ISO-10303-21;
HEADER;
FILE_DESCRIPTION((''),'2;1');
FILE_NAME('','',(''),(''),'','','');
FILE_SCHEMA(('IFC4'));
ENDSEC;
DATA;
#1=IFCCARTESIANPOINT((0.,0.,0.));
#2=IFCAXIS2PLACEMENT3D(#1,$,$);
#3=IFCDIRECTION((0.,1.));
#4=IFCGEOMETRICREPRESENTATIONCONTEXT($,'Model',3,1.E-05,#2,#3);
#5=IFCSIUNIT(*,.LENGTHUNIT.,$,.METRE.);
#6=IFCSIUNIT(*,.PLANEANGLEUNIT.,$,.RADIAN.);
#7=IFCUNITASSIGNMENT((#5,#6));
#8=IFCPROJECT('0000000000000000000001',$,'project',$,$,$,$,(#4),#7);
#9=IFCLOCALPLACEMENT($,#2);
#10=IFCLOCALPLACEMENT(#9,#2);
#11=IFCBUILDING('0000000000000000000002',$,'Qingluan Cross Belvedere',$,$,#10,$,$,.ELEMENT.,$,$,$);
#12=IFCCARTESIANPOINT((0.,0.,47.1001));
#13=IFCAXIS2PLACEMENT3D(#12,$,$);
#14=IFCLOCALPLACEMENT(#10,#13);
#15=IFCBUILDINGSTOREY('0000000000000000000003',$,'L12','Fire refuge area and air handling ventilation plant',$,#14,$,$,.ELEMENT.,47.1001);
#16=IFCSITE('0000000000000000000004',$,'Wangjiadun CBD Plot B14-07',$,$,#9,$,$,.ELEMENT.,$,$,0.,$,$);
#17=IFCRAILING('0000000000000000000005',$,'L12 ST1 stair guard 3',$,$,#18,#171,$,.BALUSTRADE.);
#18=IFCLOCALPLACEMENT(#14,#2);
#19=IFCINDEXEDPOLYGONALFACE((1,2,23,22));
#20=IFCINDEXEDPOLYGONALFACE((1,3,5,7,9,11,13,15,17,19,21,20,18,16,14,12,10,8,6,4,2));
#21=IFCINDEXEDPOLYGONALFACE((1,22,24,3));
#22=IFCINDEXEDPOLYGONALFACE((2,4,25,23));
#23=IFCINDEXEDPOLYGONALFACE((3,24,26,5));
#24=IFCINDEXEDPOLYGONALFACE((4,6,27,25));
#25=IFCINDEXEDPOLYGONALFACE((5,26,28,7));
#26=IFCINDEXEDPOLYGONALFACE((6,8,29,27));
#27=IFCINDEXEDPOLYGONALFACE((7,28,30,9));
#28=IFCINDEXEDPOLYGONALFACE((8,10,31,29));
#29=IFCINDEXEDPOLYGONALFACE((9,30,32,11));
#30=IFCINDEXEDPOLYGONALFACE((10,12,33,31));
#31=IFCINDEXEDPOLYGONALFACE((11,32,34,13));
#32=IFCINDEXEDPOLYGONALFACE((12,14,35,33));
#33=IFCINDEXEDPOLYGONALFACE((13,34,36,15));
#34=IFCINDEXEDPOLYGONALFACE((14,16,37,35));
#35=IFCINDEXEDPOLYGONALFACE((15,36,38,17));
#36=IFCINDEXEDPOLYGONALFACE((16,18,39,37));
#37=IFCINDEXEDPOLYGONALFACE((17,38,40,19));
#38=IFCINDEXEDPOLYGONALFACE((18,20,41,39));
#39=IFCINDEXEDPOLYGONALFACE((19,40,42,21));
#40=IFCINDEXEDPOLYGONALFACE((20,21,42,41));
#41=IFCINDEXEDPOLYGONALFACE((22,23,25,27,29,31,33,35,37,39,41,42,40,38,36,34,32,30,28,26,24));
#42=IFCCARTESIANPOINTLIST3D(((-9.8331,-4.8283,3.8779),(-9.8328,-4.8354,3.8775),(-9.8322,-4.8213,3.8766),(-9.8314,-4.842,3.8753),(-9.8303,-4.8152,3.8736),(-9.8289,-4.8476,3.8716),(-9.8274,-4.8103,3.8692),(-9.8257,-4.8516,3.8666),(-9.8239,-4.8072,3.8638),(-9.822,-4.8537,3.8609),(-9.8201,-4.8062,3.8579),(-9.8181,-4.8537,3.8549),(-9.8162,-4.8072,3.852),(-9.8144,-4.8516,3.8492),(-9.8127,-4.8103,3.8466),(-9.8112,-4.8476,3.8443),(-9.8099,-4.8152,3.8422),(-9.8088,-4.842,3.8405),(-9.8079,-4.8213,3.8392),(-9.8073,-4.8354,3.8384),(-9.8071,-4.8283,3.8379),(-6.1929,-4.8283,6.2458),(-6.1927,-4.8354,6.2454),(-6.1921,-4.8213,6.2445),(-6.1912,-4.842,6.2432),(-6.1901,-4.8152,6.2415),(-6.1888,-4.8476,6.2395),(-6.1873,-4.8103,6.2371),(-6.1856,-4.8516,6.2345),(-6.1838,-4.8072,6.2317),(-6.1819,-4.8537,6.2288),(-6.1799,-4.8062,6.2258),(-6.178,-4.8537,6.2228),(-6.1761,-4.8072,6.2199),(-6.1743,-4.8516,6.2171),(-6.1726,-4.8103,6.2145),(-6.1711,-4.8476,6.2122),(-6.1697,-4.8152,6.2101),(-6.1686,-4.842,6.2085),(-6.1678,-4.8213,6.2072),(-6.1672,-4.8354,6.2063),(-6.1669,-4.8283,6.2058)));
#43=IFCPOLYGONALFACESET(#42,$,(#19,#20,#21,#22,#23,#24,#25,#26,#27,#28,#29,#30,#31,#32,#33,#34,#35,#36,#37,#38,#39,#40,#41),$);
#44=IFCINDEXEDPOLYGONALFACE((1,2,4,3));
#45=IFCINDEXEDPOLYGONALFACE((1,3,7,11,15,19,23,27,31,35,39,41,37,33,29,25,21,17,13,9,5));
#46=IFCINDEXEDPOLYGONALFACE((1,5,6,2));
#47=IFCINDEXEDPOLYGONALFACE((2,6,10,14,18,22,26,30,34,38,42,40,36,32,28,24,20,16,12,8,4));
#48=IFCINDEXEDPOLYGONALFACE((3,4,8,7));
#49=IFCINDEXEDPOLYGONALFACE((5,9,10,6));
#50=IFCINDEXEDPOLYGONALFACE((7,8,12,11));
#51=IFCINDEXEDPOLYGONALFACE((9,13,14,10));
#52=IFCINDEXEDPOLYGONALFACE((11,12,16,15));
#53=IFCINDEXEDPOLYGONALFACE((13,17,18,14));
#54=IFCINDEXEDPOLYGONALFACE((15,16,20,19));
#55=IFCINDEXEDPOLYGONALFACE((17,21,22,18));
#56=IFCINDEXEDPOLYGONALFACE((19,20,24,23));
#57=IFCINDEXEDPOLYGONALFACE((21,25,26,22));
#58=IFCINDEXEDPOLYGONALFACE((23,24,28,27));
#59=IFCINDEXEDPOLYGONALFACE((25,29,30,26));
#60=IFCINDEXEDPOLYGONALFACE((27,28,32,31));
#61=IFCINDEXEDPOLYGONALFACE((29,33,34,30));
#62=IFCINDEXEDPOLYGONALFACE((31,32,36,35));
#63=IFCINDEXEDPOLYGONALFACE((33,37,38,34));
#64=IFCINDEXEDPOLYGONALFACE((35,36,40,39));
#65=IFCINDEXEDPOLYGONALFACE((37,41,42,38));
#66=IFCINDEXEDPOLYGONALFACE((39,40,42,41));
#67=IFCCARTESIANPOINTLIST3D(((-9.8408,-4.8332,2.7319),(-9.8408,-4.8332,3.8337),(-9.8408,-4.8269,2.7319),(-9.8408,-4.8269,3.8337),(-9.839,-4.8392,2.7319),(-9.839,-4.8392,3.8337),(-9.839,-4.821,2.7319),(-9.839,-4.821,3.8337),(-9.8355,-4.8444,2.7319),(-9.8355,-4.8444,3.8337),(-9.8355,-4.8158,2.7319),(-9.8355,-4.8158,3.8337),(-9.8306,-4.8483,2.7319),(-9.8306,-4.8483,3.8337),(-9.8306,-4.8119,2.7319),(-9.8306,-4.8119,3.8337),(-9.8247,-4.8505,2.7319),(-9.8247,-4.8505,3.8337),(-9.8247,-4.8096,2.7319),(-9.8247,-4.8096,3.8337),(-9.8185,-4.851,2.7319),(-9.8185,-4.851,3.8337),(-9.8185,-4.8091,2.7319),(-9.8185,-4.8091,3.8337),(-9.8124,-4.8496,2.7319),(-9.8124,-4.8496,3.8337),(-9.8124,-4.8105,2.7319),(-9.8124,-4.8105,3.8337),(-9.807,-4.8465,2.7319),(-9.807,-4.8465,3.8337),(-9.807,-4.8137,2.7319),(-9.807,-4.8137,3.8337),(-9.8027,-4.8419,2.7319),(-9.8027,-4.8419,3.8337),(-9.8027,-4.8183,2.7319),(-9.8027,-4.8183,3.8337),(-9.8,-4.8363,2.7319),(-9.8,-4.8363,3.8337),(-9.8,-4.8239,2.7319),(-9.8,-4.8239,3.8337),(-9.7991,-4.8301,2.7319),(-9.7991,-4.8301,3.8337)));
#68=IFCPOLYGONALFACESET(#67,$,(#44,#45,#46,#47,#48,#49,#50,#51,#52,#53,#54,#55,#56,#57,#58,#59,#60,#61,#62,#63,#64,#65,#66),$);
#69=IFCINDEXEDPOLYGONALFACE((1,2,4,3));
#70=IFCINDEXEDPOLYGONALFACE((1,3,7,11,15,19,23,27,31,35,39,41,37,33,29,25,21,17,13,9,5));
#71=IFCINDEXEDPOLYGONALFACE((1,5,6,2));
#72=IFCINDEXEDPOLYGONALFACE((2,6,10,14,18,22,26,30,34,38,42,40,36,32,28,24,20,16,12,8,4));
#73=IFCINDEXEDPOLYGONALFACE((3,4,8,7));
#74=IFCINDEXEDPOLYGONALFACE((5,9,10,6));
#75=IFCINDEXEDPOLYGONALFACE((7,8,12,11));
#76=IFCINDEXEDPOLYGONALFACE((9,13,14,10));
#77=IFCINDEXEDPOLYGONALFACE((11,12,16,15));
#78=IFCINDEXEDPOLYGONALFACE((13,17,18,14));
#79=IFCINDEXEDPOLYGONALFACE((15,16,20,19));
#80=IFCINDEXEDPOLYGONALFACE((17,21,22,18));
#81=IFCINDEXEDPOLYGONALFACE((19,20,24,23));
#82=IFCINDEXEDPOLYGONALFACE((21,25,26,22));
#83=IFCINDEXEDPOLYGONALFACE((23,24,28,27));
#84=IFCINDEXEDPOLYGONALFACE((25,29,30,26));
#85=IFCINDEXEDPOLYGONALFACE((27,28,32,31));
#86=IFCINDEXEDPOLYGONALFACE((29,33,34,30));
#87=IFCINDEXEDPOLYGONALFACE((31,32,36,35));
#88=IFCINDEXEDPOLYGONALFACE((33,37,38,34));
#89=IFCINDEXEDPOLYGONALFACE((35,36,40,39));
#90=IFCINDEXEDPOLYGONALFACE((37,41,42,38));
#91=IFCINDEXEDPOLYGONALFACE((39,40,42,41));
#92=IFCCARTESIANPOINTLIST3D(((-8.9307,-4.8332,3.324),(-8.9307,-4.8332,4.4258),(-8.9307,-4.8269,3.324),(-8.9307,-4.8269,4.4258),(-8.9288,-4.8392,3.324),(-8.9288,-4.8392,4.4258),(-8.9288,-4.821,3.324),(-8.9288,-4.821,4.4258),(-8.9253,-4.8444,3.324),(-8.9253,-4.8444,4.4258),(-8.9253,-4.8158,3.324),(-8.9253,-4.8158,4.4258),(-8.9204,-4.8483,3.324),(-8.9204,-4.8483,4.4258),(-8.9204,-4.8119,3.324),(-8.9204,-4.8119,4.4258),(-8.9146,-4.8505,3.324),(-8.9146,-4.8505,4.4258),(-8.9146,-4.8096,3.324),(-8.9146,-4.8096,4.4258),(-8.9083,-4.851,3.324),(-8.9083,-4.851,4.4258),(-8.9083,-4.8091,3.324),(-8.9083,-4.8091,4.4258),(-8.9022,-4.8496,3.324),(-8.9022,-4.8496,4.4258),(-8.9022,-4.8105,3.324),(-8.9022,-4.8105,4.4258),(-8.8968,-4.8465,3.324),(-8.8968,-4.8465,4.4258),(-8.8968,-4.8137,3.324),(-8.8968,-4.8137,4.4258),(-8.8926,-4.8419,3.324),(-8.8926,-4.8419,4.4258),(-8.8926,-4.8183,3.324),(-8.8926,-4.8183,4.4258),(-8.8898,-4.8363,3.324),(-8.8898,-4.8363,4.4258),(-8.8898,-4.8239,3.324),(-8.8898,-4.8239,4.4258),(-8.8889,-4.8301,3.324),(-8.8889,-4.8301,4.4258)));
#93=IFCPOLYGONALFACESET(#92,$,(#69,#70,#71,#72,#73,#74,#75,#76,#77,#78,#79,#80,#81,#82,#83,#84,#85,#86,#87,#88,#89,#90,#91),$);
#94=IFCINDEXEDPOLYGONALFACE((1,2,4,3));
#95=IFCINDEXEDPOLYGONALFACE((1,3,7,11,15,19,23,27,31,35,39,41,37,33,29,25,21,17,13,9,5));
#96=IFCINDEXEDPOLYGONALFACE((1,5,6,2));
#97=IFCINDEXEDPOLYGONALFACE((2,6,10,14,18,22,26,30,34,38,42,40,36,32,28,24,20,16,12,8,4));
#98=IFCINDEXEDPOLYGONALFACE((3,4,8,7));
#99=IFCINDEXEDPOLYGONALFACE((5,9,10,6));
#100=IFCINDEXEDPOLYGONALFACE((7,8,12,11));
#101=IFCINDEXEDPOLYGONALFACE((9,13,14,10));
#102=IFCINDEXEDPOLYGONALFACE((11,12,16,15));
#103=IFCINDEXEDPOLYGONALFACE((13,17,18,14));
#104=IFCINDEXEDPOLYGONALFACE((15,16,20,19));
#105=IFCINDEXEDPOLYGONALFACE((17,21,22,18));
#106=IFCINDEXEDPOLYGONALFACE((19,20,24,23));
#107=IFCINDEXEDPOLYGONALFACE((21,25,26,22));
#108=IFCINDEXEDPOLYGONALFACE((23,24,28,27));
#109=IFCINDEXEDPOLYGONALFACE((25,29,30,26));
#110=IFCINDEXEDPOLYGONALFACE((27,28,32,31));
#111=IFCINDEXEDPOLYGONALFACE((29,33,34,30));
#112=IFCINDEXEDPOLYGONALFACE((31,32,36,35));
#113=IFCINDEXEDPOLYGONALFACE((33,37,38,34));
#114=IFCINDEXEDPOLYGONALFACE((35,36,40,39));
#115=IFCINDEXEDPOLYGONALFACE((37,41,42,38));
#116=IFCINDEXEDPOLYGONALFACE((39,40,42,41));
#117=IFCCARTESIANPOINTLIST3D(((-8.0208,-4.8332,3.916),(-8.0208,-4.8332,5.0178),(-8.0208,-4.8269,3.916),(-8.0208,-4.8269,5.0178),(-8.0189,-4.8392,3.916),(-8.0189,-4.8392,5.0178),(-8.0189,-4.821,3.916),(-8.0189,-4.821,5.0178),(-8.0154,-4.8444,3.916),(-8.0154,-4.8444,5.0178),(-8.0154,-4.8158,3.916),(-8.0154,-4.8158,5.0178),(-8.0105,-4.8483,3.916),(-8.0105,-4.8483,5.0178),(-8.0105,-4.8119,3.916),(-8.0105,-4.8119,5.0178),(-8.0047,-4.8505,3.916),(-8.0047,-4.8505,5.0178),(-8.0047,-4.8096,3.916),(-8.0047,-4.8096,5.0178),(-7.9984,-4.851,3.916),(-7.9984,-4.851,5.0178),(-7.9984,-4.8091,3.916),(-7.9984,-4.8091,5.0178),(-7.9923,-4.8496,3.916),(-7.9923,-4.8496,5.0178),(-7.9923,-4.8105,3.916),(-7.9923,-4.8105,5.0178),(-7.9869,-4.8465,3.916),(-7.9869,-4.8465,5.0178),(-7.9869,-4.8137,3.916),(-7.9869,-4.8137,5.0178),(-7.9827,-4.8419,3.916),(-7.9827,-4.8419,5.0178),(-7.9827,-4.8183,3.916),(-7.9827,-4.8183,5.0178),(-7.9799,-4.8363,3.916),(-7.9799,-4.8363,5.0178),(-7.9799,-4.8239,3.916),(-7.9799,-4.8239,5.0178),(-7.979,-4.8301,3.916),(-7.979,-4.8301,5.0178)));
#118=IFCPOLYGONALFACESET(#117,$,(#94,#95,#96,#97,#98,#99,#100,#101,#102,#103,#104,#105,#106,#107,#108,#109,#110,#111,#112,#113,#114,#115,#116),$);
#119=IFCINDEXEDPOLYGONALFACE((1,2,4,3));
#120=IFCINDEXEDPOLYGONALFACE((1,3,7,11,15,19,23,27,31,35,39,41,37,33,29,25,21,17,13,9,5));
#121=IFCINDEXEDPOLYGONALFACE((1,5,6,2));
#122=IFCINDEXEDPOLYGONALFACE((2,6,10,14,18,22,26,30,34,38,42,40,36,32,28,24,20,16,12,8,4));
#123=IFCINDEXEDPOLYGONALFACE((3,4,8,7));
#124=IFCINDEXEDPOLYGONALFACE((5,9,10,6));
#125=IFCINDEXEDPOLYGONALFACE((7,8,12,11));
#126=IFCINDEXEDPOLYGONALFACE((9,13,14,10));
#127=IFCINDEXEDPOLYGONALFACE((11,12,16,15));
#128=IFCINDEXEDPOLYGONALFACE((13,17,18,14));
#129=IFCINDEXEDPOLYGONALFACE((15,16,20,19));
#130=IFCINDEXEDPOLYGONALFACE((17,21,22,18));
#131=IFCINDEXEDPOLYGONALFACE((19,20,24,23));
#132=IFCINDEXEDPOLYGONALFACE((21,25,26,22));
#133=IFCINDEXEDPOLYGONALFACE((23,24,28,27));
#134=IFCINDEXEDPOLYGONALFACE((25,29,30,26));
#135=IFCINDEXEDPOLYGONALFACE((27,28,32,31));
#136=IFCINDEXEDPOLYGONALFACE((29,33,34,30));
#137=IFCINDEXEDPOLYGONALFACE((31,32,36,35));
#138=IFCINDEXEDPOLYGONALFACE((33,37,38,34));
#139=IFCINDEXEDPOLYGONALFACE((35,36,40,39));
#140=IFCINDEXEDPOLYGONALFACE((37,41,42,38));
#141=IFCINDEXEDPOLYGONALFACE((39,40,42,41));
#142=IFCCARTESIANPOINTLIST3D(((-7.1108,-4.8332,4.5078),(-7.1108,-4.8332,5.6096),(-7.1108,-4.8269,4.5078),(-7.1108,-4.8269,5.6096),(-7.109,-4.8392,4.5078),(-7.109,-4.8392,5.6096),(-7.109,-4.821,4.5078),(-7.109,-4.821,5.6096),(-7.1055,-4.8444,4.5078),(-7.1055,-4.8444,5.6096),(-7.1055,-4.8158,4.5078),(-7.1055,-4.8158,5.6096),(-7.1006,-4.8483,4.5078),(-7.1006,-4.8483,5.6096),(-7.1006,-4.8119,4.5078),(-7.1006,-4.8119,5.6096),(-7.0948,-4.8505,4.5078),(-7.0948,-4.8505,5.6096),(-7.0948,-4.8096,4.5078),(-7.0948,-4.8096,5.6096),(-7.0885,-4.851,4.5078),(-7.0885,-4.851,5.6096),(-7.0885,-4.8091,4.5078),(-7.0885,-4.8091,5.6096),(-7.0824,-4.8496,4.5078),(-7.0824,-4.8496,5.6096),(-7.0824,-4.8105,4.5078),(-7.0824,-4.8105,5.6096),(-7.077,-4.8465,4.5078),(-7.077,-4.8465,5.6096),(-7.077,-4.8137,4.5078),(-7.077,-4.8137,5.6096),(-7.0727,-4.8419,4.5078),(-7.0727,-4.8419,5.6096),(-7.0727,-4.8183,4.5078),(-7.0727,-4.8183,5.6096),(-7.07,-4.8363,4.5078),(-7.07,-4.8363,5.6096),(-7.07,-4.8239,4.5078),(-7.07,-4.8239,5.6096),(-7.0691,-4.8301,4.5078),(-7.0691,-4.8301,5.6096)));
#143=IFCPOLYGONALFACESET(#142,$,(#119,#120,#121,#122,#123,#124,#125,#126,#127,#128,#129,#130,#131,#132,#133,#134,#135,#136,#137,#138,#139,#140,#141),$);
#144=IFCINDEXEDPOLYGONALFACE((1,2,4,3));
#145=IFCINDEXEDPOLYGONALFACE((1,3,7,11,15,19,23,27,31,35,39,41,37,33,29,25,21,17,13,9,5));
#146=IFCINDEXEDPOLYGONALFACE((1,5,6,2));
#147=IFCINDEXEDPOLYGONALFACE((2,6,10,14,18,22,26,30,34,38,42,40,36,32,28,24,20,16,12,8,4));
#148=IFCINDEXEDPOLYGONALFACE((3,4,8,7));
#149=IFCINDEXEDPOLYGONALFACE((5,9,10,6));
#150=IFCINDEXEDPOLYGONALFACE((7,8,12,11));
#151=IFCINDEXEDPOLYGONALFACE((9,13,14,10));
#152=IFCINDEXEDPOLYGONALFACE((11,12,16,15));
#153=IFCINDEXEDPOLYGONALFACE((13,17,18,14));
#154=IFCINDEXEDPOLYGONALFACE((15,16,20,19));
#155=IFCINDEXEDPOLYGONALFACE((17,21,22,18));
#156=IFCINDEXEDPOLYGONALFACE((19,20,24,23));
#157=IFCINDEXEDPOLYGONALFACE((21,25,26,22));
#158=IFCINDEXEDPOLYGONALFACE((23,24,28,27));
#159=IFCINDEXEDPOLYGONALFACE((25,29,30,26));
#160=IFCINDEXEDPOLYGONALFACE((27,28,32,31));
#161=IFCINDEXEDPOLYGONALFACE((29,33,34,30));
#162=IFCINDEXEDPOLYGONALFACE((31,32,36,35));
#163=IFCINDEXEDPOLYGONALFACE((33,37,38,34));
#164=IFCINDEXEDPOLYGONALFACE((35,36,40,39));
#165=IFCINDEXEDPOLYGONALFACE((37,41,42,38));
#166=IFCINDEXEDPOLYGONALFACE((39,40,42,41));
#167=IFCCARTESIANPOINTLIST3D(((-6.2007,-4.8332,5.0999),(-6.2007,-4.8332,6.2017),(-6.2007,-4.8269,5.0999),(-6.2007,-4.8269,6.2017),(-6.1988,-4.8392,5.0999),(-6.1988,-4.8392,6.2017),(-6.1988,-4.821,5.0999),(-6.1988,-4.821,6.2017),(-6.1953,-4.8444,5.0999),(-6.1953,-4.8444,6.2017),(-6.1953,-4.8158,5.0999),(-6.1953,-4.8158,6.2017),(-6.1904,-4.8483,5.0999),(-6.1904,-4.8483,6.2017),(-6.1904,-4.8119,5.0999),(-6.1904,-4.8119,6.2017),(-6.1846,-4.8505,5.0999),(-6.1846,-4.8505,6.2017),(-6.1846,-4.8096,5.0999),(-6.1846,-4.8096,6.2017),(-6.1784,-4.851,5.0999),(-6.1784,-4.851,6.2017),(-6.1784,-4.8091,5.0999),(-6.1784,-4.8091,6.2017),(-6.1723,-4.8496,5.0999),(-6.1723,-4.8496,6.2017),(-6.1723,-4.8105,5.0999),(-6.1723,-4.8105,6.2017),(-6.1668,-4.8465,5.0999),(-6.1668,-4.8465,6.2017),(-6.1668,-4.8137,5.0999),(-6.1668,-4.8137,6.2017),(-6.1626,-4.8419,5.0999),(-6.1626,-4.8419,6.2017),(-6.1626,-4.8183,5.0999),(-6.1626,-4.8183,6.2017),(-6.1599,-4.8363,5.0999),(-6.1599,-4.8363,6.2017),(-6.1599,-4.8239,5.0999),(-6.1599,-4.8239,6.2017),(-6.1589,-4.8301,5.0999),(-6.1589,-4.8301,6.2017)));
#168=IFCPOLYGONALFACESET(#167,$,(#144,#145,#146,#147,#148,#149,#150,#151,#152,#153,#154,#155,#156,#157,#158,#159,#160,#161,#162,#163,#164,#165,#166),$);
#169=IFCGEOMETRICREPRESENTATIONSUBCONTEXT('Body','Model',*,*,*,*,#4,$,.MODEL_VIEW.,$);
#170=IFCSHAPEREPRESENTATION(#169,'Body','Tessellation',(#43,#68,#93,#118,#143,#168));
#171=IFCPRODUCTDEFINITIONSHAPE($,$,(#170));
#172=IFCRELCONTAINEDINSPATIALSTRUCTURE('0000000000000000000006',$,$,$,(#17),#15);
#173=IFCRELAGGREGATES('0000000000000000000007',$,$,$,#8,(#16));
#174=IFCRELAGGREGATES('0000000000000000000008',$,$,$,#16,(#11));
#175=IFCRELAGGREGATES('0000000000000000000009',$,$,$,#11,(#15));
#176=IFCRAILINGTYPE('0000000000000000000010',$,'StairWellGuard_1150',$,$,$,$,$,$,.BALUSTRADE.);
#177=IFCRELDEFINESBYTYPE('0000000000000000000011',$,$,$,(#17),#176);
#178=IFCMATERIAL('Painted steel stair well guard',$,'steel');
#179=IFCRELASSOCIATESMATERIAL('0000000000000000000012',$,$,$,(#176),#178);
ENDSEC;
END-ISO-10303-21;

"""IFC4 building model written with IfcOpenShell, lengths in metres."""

from ifc_helpers import new_model, si_unit, direction, frame, origin, origin_2d, place, context, subcontext, project, spatial, circle, extrude, material, type_object, element, save


model = new_model("IFC4")

# Units and contexts
model_context = context("Model", 3, precision=1e-05, world=origin(), true_north=direction((0.0, 1.0)))
body_context = subcontext(model_context, "Body", "Model", "MODEL_VIEW")
ifc_project = project(units=[si_unit("LENGTHUNIT", "METRE"), si_unit("PLANEANGLEUNIT", "RADIAN")], contexts=[model_context])

# Site, building, storey
site_placement = place(None, origin())
site = spatial("IfcSite", under=ifc_project, at=site_placement, Name="Wangjiadun CBD Plot B14-07", CompositionType="ELEMENT", RefElevation=0.0)
building_placement = place(site_placement, origin())
building = spatial("IfcBuilding", under=site, at=building_placement, Name="Qingluan Cross Belvedere", CompositionType="ELEMENT")
storey_placement = place(building_placement, frame((0.0, 0.0, 47.1001)))
storey = spatial("IfcBuildingStorey", under=building, at=storey_placement, Name="L12", Description="Fire refuge area and air handling ventilation plant", CompositionType="ELEMENT", Elevation=47.1001)

# Railing
ifc_material_1 = material(Name="Painted steel stair well guard", Category="steel")
railing_type_1 = type_object("IfcRailingType", Name="StairWellGuard_1150", PredefinedType="BALUSTRADE", material=ifc_material_1)
railing_1_placement = place(storey_placement, frame((-9.8201, -4.8301, 2.7319)))
element("IfcRailing", 1, at=railing_1_placement, inside=storey, type_object=railing_type_1, Name="L12 ST1 stair guard 3", PredefinedType="BALUSTRADE", context=body_context, shape_type="SweptSolid", body=[
    extrude(circle(Radius=0.0239, at=origin_2d()), frame((0.0, 0.0, 1.126), z_axis=(0.838251, 0.0, 0.545285), x_axis=(0.0, 1.0, 0.0)), (0.0, 0.0, 1.0), 4.3425),
    extrude(circle(Radius=0.021, at=origin_2d()), origin(), (0.0, 0.0, 1.0), 1.1018),
    extrude(circle(Radius=0.021, at=origin_2d()), frame((0.9102, 0.0, 0.592)), (0.0, 0.0, 1.0), 1.1018),
    extrude(circle(Radius=0.021, at=origin_2d()), frame((1.8201, 0.0, 1.1841)), (0.0, 0.0, 1.0), 1.1018),
    extrude(circle(Radius=0.021, at=origin_2d()), frame((2.73, 0.0, 1.7759)), (0.0, 0.0, 1.0), 1.1018),
    extrude(circle(Radius=0.021, at=origin_2d()), frame((3.6401, 0.0, 2.3679)), (0.0, 0.0, 1.0), 1.1018),
])

save(model, "model.ifc")
